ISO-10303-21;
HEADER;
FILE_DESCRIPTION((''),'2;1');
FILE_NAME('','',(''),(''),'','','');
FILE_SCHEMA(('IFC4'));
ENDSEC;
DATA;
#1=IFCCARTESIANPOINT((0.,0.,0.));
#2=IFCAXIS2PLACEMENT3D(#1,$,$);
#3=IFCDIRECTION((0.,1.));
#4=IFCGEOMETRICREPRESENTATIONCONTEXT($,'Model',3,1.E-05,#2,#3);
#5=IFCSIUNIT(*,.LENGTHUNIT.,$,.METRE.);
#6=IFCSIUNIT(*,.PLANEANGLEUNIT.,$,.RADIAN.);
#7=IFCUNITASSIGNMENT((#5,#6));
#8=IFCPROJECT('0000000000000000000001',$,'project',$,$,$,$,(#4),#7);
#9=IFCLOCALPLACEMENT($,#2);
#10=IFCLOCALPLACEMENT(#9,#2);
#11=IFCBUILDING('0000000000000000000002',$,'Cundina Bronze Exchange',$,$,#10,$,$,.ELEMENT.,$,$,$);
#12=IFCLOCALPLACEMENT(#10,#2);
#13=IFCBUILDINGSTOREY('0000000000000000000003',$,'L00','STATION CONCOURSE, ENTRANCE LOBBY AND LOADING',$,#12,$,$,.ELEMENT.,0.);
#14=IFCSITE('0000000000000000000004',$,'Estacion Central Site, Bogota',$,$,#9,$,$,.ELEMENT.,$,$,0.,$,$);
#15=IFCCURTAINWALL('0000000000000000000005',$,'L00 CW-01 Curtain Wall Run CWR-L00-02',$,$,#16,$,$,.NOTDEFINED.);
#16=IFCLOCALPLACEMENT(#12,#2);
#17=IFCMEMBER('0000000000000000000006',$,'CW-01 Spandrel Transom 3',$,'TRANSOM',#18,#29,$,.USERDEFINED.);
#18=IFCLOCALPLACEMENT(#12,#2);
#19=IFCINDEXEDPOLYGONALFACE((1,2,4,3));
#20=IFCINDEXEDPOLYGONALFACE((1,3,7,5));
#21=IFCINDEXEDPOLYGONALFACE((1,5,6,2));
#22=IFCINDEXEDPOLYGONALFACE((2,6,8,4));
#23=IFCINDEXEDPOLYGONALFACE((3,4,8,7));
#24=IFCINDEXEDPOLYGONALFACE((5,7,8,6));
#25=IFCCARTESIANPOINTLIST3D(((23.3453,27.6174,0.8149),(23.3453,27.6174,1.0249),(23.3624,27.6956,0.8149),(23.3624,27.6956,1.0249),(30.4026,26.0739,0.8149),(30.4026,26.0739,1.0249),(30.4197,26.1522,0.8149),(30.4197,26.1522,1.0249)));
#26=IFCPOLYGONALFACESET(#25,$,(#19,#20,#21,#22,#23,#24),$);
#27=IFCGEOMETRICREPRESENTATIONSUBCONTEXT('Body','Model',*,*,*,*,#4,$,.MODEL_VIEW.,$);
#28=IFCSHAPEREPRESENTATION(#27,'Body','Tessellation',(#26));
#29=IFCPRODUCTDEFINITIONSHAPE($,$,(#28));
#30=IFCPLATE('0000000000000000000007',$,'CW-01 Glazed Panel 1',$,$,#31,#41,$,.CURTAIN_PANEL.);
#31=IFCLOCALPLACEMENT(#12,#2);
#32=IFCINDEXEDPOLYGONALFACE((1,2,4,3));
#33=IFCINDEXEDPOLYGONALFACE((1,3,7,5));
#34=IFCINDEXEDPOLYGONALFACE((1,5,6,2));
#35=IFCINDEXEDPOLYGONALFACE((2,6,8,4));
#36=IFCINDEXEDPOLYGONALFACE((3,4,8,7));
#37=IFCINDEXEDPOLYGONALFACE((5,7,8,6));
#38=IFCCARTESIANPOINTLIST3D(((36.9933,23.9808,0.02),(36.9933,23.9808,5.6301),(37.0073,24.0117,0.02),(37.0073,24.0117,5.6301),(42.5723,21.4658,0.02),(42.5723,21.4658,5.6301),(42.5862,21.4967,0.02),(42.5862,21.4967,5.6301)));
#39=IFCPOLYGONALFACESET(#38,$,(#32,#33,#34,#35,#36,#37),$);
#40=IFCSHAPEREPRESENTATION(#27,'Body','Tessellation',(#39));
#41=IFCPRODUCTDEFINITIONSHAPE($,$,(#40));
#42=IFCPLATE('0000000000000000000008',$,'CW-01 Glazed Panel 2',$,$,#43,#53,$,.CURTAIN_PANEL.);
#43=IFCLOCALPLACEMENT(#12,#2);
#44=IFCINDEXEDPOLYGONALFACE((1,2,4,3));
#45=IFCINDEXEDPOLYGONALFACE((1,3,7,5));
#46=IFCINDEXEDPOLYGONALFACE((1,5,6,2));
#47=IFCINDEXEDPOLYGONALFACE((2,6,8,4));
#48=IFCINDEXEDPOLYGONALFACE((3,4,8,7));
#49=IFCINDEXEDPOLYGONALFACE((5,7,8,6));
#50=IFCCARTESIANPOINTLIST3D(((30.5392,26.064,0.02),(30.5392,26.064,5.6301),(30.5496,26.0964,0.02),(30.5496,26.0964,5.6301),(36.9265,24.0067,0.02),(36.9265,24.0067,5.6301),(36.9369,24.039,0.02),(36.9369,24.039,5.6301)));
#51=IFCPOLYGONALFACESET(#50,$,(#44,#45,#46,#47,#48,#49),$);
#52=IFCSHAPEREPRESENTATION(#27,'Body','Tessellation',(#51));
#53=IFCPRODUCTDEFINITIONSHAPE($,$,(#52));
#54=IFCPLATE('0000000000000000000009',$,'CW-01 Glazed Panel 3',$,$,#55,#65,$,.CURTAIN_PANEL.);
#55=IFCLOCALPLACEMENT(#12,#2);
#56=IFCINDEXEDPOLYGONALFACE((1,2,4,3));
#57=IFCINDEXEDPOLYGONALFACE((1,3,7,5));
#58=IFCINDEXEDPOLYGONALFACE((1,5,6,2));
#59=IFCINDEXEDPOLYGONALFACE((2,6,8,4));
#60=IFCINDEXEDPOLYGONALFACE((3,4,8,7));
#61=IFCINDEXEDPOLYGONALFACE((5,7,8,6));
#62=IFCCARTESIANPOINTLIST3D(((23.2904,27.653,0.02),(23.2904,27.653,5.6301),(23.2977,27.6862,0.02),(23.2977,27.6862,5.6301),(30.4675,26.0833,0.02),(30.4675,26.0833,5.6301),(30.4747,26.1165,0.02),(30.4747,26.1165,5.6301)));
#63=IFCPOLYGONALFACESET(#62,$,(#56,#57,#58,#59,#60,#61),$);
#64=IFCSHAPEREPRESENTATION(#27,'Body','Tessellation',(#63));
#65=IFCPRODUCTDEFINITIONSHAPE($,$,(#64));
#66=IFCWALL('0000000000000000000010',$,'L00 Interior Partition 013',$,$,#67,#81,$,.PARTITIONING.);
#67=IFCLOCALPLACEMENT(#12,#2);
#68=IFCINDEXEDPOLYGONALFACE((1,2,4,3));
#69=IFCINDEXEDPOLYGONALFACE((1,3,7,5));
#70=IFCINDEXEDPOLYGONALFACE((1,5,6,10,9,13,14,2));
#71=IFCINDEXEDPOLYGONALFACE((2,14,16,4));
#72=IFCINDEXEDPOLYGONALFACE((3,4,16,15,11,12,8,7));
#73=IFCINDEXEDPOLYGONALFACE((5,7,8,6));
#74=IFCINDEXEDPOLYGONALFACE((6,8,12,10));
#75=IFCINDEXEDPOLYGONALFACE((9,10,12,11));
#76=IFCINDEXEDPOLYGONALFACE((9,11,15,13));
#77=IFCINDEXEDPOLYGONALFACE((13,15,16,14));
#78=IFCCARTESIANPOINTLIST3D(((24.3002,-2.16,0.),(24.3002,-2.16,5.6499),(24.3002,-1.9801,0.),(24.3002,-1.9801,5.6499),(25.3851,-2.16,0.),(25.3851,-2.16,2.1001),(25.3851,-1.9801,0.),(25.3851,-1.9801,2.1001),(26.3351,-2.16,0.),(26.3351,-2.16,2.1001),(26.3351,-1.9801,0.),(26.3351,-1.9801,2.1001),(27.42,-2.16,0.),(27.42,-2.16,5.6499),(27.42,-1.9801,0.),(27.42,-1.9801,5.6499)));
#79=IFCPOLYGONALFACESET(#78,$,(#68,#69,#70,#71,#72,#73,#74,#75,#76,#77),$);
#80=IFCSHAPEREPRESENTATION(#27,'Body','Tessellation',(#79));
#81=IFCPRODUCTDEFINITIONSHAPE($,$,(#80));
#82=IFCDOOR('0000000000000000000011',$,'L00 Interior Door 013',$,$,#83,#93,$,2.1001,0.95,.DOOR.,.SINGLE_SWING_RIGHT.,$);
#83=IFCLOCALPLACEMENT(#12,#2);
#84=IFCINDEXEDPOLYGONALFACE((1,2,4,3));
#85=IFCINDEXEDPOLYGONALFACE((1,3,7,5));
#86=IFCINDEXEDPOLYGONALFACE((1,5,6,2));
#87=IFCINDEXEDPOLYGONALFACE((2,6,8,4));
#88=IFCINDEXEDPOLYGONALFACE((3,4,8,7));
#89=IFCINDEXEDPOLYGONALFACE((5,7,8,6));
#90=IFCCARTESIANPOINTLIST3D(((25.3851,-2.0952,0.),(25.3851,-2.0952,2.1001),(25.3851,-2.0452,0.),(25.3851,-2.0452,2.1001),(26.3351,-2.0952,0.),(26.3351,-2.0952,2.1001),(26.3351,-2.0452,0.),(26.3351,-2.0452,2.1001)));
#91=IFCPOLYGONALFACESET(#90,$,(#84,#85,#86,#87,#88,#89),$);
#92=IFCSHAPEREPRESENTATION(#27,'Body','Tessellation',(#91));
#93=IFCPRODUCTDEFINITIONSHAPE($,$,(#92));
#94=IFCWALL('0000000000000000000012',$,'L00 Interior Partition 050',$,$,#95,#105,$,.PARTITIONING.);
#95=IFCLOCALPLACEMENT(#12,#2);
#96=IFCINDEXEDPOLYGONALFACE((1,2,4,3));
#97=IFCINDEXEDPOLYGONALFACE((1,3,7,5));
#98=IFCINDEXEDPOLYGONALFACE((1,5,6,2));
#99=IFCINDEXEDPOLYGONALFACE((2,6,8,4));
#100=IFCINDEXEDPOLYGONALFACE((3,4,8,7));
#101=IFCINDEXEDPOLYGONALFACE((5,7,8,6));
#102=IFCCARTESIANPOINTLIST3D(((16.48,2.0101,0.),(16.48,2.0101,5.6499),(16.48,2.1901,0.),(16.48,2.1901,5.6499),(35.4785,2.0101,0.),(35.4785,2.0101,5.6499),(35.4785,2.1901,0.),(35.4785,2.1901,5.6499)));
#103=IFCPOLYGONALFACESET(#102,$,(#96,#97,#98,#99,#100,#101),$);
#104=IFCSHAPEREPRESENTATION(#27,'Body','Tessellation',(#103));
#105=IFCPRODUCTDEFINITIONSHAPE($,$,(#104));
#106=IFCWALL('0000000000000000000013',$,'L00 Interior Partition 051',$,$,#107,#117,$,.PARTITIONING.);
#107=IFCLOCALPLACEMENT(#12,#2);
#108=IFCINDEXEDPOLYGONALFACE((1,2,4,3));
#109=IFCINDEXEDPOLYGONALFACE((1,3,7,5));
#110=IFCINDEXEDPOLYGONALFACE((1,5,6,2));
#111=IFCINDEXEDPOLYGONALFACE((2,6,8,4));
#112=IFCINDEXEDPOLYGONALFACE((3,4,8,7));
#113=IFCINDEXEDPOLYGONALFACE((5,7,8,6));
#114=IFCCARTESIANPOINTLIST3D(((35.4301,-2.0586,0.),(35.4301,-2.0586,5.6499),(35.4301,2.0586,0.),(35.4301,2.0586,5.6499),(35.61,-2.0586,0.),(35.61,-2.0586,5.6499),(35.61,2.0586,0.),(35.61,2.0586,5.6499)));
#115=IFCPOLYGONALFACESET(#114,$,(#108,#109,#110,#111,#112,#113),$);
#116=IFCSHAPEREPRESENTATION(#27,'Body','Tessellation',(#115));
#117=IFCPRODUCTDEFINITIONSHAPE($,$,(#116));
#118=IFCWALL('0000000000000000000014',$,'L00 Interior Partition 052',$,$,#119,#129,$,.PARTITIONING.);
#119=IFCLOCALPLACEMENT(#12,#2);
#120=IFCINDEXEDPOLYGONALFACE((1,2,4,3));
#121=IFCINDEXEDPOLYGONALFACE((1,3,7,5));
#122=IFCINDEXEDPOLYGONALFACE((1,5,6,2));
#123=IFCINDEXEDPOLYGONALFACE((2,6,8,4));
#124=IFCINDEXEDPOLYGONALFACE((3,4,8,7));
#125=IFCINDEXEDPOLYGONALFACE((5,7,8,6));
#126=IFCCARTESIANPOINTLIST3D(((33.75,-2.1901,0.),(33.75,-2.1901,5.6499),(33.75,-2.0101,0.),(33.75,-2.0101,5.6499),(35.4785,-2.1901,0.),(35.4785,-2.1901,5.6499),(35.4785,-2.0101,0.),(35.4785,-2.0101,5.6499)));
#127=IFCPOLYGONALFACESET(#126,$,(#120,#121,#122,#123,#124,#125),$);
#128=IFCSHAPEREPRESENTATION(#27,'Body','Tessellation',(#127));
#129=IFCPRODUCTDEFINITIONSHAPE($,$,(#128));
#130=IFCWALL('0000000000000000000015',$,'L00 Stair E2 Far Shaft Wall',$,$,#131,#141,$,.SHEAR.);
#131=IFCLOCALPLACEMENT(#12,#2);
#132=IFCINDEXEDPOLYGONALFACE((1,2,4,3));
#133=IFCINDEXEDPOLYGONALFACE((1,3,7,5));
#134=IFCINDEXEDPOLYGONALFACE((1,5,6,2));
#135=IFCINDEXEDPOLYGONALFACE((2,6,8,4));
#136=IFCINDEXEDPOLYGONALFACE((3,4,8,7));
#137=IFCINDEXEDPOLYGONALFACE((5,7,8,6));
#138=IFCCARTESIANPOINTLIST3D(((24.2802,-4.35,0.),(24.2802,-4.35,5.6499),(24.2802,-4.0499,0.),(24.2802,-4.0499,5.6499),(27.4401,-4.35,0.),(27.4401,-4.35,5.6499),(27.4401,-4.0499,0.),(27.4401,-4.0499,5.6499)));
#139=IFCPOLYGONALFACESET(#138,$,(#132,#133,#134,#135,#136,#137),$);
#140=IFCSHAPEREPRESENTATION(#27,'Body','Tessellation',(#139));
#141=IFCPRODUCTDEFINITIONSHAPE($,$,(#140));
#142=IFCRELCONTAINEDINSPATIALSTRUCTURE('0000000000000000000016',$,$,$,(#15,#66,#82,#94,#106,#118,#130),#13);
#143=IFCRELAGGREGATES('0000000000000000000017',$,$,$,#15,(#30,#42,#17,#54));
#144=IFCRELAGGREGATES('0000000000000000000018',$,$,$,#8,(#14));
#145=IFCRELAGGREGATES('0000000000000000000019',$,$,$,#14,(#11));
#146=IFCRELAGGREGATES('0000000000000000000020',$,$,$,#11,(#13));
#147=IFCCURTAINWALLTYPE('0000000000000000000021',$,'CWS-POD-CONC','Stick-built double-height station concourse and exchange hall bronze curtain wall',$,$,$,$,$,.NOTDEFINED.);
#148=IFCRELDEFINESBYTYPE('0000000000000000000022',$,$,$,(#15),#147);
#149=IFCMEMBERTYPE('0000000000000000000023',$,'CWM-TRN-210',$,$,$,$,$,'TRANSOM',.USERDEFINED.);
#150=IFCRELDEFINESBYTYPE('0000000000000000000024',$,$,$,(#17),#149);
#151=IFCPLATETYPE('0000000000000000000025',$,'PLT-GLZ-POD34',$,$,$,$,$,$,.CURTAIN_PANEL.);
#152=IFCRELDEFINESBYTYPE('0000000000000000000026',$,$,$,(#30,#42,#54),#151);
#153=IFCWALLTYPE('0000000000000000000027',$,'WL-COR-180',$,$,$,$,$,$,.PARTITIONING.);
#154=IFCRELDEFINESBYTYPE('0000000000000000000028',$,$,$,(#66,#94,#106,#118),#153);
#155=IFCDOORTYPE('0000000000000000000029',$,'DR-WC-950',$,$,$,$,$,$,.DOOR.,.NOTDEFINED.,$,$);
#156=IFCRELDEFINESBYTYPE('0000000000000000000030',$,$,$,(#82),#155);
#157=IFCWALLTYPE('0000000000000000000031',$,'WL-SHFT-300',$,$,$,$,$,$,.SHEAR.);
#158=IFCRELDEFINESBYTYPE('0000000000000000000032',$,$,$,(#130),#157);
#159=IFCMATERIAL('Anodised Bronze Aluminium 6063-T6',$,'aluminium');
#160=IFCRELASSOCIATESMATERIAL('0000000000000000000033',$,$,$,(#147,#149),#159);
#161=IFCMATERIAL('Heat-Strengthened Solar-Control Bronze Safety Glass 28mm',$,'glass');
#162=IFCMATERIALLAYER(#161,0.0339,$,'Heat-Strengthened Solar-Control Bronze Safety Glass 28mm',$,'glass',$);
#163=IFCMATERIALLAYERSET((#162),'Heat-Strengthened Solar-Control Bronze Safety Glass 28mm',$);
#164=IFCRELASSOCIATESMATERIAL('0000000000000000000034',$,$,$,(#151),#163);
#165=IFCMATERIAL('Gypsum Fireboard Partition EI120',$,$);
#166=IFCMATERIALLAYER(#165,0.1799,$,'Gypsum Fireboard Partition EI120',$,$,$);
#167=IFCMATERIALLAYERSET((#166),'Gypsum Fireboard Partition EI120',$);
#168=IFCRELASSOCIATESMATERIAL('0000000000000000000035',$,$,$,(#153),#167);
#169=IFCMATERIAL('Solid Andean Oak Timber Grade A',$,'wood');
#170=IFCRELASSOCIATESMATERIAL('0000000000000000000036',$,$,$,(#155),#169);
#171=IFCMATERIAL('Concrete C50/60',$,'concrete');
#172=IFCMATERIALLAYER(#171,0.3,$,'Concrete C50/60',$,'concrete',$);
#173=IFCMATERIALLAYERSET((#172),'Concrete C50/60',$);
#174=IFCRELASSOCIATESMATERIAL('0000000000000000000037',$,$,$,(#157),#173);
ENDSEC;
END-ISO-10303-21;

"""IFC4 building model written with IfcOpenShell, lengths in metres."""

from ifc_helpers import new_model, si_unit, direction, frame, frame_2d, origin, origin_2d, place, context, subcontext, project, spatial, rectangle, extrude, material, layer, layer_set, material_profile, profile_set, type_object, element, fill, aggregate, save


model = new_model("IFC4")

# Units and contexts
model_context = context("Model", 3, precision=1e-05, world=origin(), true_north=direction((0.0, 1.0)))
body_context = subcontext(model_context, "Body", "Model", "MODEL_VIEW")
ifc_project = project(units=[si_unit("LENGTHUNIT", "METRE"), si_unit("PLANEANGLEUNIT", "RADIAN")], contexts=[model_context])

# Site, building, storey
site_placement = place(None, origin())
site = spatial("IfcSite", under=ifc_project, at=site_placement, Name="Estacion Central Site, Bogota", CompositionType="ELEMENT", RefElevation=0.0)
building_placement = place(site_placement, origin())
building = spatial("IfcBuilding", under=site, at=building_placement, Name="Cundina Bronze Exchange", CompositionType="ELEMENT")
storey_placement = place(building_placement, origin())
storey = spatial("IfcBuildingStorey", under=building, at=storey_placement, Name="L00", Description="STATION CONCOURSE, ENTRANCE LOBBY AND LOADING", CompositionType="ELEMENT", Elevation=0.0)

# Curtain wall, member, plates
ifc_material_1 = material(Name="Anodised Bronze Aluminium 6063-T6", Category="aluminium")
curtain_wall_type = type_object("IfcCurtainWallType", Name="CWS-POD-CONC", Description="Stick-built double-height station concourse and exchange hall bronze curtain wall", PredefinedType="NOTDEFINED", material=ifc_material_1)
curtain_wall_placement = place(storey_placement, origin())
curtain_wall = element("IfcCurtainWall", 1, at=curtain_wall_placement, inside=storey, type_object=curtain_wall_type, Name="L00 CW-01 Curtain Wall Run CWR-L00-02", PredefinedType="NOTDEFINED")
ifc_material_profile_1 = material_profile(ifc_material_1, rectangle(XDim=0.0801, YDim=0.21, at=origin_2d()), Name="AL80X210", Category="aluminium")
ifc_profile_set_1 = profile_set([ifc_material_profile_1], Name="Anodised Bronze Aluminium 6063-T6")
member_type_1 = type_object("IfcMemberType", Name="CWM-TRN-210", ElementType="TRANSOM", PredefinedType="USERDEFINED", material=ifc_profile_set_1)
member_1_placement = place(storey_placement, frame((30.4111, 26.113, 0.9199), z_axis=(-0.97691, 0.213652, 0.0), x_axis=(-0.213652, -0.97691, 0.0)))
member_1 = element("IfcMember", 2, at=member_1_placement, type_object=member_type_1, Name="CW-01 Spandrel Transom 3", ObjectType="TRANSOM", PredefinedType="USERDEFINED", context=body_context, shape_type="SweptSolid", body=[
    extrude(rectangle(XDim=0.0801, YDim=0.21, at=origin_2d()), origin(), (0.0, 0.0, 1.0), 7.2241),
])
ifc_material_2 = material(Name="Heat-Strengthened Solar-Control Bronze Safety Glass 28mm", Category="glass")
ifc_layer_1 = layer(ifc_material_2, 0.0339, Name="Heat-Strengthened Solar-Control Bronze Safety Glass 28mm", Category="glass")
ifc_layer_set_1 = layer_set([ifc_layer_1], Name="Heat-Strengthened Solar-Control Bronze Safety Glass 28mm")
plate_type = type_object("IfcPlateType", Name="PLT-GLZ-POD34", PredefinedType="CURTAIN_PANEL", material=ifc_layer_set_1)
plate_1_placement = place(storey_placement, frame((39.7898, 22.7388, 0.02), z_axis=(0.0, 0.0, 1.0), x_axis=(-0.911647, 0.410973, 0.0)))
plate_1 = element("IfcPlate", 3, at=plate_1_placement, type_object=plate_type, Name="CW-01 Glazed Panel 1", PredefinedType="CURTAIN_PANEL", context=body_context, shape_type="SweptSolid", body=[
    extrude(rectangle(XDim=6.1196, YDim=0.0339, at=origin_2d()), origin(), (0.0, 0.0, 1.0), 5.6101),
])
plate_2_placement = place(storey_placement, frame((33.738, 25.0515, 0.02), z_axis=(0.0, 0.0, 1.0), x_axis=(-0.951841, 0.306593, 0.0)))
plate_2 = element("IfcPlate", 4, at=plate_2_placement, type_object=plate_type, Name="CW-01 Glazed Panel 2", PredefinedType="CURTAIN_PANEL", context=body_context, shape_type="SweptSolid", body=[
    extrude(rectangle(XDim=6.7104, YDim=0.0339, at=origin_2d()), origin(), (0.0, 0.0, 1.0), 5.6101),
])
plate_3_placement = place(storey_placement, frame((26.8826, 26.8848, 0.02), z_axis=(0.0, 0.0, 1.0), x_axis=(-0.976908, 0.213661, 0.0)))
plate_3 = element("IfcPlate", 5, at=plate_3_placement, type_object=plate_type, Name="CW-01 Glazed Panel 3", PredefinedType="CURTAIN_PANEL", context=body_context, shape_type="SweptSolid", body=[
    extrude(rectangle(XDim=7.3467, YDim=0.0339, at=origin_2d()), origin(), (0.0, 0.0, 1.0), 5.6101),
])
aggregate(curtain_wall, [plate_1, plate_2, member_1, plate_3])

# Wall, opening, door
ifc_material_3 = material(Name="Gypsum Fireboard Partition EI120")
ifc_layer_2 = layer(ifc_material_3, 0.1799, Name="Gypsum Fireboard Partition EI120")
ifc_layer_set_2 = layer_set([ifc_layer_2], Name="Gypsum Fireboard Partition EI120")
wall_type_1 = type_object("IfcWallType", Name="WL-COR-180", PredefinedType="PARTITIONING", material=ifc_layer_set_2)
wall_1_placement = place(storey_placement, frame((24.3, -2.0701, 0.0), z_axis=(0.0, 0.0, 1.0), x_axis=(1.0, 0.0, 0.0)))
wall_1 = element("IfcWall", 6, at=wall_1_placement, inside=storey, type_object=wall_type_1, Name="L00 Interior Partition 013", PredefinedType="PARTITIONING", context=body_context, shape_type="SweptSolid", body=[
    extrude(rectangle(XDim=3.1199, YDim=0.1799, at=frame_2d((1.5601, 0.0))), origin(), (0.0, 0.0, 1.0), 5.6499),
])
opening_1_placement = place(wall_1_placement, frame((1.085, 0.0, 0.0)))
opening_1 = element("IfcOpeningElement", 7, at=opening_1_placement, cuts=wall_1, PredefinedType="OPENING", context=body_context, shape_type="SweptSolid", body=[
    extrude(rectangle(XDim=0.95, YDim=2.1001, at=frame_2d((0.4751, 1.05))), frame((0.0, 0.0999, 0.0), z_axis=(0.0, -1.0, 0.0), x_axis=(1.0, 0.0, 0.0)), (0.0, 0.0, 1.0), 0.2),
])
ifc_material_4 = material(Name="Solid Andean Oak Timber Grade A", Category="wood")
door_type_1 = type_object("IfcDoorType", Name="DR-WC-950", OperationType="NOTDEFINED", PredefinedType="DOOR", material=ifc_material_4)
door_1_placement = place(opening_1_placement, origin())
door_1 = element("IfcDoor", 8, at=door_1_placement, inside=storey, type_object=door_type_1, Name="L00 Interior Door 013", OperationType="SINGLE_SWING_RIGHT", OverallHeight=2.1001, OverallWidth=0.95, PredefinedType="DOOR", context=body_context, shape_type="SweptSolid", body=[
    extrude(rectangle(XDim=0.95, YDim=2.1001, at=frame_2d((0.4751, 1.05))), frame((0.0, 0.0249, 0.0), z_axis=(0.0, -1.0, 0.0), x_axis=(1.0, 0.0, 0.0)), (0.0, 0.0, 1.0), 0.05),
])
fill(opening_1, door_1)

# Walls
wall_2_placement = place(storey_placement, frame((35.4785, 2.1001, 0.0), z_axis=(0.0, 0.0, 1.0), x_axis=(-1.0, 0.0, 0.0)))
element("IfcWall", 9, at=wall_2_placement, inside=storey, type_object=wall_type_1, Name="L00 Interior Partition 050", PredefinedType="PARTITIONING", context=body_context, shape_type="SweptSolid", body=[
    extrude(rectangle(XDim=18.9985, YDim=0.1799, at=frame_2d((9.4993, 0.0))), origin(), (0.0, 0.0, 1.0), 5.6499),
])
wall_3_placement = place(storey_placement, frame((35.52, -2.0586, 0.0), z_axis=(0.0, 0.0, 1.0), x_axis=(0.0, 1.0, 0.0)))
element("IfcWall", 10, at=wall_3_placement, inside=storey, type_object=wall_type_1, Name="L00 Interior Partition 051", PredefinedType="PARTITIONING", context=body_context, shape_type="SweptSolid", body=[
    extrude(rectangle(XDim=4.1172, YDim=0.1799, at=frame_2d((2.0586, 0.0))), origin(), (0.0, 0.0, 1.0), 5.6499),
])
wall_4_placement = place(storey_placement, frame((33.75, -2.1001, 0.0), z_axis=(0.0, 0.0, 1.0), x_axis=(1.0, 0.0, 0.0)))
element("IfcWall", 11, at=wall_4_placement, inside=storey, type_object=wall_type_1, Name="L00 Interior Partition 052", PredefinedType="PARTITIONING", context=body_context, shape_type="SweptSolid", body=[
    extrude(rectangle(XDim=1.7285, YDim=0.1799, at=frame_2d((0.8643, 0.0))), origin(), (0.0, 0.0, 1.0), 5.6499),
])

# Shared definitions
ifc_material_5 = material(Name="Concrete C50/60", Category="concrete")
ifc_layer_3 = layer(ifc_material_5, 0.3, Name="Concrete C50/60", Category="concrete")
ifc_layer_set_3 = layer_set([ifc_layer_3], Name="Concrete C50/60")
wall_type_2 = type_object("IfcWallType", Name="WL-SHFT-300", PredefinedType="SHEAR", material=ifc_layer_set_3)

# Wall
wall_5_placement = place(storey_placement, frame((24.28, -4.2, 0.0), z_axis=(0.0, 0.0, 1.0), x_axis=(1.0, 0.0, 0.0)))
element("IfcWall", 12, at=wall_5_placement, inside=storey, type_object=wall_type_2, Name="L00 Stair E2 Far Shaft Wall", PredefinedType="SHEAR", context=body_context, shape_type="SweptSolid", body=[
    extrude(rectangle(XDim=3.1599, YDim=0.3, at=frame_2d((1.5801, 0.0))), origin(), (0.0, 0.0, 1.0), 5.6499),
])

save(model, "model.ifc")
